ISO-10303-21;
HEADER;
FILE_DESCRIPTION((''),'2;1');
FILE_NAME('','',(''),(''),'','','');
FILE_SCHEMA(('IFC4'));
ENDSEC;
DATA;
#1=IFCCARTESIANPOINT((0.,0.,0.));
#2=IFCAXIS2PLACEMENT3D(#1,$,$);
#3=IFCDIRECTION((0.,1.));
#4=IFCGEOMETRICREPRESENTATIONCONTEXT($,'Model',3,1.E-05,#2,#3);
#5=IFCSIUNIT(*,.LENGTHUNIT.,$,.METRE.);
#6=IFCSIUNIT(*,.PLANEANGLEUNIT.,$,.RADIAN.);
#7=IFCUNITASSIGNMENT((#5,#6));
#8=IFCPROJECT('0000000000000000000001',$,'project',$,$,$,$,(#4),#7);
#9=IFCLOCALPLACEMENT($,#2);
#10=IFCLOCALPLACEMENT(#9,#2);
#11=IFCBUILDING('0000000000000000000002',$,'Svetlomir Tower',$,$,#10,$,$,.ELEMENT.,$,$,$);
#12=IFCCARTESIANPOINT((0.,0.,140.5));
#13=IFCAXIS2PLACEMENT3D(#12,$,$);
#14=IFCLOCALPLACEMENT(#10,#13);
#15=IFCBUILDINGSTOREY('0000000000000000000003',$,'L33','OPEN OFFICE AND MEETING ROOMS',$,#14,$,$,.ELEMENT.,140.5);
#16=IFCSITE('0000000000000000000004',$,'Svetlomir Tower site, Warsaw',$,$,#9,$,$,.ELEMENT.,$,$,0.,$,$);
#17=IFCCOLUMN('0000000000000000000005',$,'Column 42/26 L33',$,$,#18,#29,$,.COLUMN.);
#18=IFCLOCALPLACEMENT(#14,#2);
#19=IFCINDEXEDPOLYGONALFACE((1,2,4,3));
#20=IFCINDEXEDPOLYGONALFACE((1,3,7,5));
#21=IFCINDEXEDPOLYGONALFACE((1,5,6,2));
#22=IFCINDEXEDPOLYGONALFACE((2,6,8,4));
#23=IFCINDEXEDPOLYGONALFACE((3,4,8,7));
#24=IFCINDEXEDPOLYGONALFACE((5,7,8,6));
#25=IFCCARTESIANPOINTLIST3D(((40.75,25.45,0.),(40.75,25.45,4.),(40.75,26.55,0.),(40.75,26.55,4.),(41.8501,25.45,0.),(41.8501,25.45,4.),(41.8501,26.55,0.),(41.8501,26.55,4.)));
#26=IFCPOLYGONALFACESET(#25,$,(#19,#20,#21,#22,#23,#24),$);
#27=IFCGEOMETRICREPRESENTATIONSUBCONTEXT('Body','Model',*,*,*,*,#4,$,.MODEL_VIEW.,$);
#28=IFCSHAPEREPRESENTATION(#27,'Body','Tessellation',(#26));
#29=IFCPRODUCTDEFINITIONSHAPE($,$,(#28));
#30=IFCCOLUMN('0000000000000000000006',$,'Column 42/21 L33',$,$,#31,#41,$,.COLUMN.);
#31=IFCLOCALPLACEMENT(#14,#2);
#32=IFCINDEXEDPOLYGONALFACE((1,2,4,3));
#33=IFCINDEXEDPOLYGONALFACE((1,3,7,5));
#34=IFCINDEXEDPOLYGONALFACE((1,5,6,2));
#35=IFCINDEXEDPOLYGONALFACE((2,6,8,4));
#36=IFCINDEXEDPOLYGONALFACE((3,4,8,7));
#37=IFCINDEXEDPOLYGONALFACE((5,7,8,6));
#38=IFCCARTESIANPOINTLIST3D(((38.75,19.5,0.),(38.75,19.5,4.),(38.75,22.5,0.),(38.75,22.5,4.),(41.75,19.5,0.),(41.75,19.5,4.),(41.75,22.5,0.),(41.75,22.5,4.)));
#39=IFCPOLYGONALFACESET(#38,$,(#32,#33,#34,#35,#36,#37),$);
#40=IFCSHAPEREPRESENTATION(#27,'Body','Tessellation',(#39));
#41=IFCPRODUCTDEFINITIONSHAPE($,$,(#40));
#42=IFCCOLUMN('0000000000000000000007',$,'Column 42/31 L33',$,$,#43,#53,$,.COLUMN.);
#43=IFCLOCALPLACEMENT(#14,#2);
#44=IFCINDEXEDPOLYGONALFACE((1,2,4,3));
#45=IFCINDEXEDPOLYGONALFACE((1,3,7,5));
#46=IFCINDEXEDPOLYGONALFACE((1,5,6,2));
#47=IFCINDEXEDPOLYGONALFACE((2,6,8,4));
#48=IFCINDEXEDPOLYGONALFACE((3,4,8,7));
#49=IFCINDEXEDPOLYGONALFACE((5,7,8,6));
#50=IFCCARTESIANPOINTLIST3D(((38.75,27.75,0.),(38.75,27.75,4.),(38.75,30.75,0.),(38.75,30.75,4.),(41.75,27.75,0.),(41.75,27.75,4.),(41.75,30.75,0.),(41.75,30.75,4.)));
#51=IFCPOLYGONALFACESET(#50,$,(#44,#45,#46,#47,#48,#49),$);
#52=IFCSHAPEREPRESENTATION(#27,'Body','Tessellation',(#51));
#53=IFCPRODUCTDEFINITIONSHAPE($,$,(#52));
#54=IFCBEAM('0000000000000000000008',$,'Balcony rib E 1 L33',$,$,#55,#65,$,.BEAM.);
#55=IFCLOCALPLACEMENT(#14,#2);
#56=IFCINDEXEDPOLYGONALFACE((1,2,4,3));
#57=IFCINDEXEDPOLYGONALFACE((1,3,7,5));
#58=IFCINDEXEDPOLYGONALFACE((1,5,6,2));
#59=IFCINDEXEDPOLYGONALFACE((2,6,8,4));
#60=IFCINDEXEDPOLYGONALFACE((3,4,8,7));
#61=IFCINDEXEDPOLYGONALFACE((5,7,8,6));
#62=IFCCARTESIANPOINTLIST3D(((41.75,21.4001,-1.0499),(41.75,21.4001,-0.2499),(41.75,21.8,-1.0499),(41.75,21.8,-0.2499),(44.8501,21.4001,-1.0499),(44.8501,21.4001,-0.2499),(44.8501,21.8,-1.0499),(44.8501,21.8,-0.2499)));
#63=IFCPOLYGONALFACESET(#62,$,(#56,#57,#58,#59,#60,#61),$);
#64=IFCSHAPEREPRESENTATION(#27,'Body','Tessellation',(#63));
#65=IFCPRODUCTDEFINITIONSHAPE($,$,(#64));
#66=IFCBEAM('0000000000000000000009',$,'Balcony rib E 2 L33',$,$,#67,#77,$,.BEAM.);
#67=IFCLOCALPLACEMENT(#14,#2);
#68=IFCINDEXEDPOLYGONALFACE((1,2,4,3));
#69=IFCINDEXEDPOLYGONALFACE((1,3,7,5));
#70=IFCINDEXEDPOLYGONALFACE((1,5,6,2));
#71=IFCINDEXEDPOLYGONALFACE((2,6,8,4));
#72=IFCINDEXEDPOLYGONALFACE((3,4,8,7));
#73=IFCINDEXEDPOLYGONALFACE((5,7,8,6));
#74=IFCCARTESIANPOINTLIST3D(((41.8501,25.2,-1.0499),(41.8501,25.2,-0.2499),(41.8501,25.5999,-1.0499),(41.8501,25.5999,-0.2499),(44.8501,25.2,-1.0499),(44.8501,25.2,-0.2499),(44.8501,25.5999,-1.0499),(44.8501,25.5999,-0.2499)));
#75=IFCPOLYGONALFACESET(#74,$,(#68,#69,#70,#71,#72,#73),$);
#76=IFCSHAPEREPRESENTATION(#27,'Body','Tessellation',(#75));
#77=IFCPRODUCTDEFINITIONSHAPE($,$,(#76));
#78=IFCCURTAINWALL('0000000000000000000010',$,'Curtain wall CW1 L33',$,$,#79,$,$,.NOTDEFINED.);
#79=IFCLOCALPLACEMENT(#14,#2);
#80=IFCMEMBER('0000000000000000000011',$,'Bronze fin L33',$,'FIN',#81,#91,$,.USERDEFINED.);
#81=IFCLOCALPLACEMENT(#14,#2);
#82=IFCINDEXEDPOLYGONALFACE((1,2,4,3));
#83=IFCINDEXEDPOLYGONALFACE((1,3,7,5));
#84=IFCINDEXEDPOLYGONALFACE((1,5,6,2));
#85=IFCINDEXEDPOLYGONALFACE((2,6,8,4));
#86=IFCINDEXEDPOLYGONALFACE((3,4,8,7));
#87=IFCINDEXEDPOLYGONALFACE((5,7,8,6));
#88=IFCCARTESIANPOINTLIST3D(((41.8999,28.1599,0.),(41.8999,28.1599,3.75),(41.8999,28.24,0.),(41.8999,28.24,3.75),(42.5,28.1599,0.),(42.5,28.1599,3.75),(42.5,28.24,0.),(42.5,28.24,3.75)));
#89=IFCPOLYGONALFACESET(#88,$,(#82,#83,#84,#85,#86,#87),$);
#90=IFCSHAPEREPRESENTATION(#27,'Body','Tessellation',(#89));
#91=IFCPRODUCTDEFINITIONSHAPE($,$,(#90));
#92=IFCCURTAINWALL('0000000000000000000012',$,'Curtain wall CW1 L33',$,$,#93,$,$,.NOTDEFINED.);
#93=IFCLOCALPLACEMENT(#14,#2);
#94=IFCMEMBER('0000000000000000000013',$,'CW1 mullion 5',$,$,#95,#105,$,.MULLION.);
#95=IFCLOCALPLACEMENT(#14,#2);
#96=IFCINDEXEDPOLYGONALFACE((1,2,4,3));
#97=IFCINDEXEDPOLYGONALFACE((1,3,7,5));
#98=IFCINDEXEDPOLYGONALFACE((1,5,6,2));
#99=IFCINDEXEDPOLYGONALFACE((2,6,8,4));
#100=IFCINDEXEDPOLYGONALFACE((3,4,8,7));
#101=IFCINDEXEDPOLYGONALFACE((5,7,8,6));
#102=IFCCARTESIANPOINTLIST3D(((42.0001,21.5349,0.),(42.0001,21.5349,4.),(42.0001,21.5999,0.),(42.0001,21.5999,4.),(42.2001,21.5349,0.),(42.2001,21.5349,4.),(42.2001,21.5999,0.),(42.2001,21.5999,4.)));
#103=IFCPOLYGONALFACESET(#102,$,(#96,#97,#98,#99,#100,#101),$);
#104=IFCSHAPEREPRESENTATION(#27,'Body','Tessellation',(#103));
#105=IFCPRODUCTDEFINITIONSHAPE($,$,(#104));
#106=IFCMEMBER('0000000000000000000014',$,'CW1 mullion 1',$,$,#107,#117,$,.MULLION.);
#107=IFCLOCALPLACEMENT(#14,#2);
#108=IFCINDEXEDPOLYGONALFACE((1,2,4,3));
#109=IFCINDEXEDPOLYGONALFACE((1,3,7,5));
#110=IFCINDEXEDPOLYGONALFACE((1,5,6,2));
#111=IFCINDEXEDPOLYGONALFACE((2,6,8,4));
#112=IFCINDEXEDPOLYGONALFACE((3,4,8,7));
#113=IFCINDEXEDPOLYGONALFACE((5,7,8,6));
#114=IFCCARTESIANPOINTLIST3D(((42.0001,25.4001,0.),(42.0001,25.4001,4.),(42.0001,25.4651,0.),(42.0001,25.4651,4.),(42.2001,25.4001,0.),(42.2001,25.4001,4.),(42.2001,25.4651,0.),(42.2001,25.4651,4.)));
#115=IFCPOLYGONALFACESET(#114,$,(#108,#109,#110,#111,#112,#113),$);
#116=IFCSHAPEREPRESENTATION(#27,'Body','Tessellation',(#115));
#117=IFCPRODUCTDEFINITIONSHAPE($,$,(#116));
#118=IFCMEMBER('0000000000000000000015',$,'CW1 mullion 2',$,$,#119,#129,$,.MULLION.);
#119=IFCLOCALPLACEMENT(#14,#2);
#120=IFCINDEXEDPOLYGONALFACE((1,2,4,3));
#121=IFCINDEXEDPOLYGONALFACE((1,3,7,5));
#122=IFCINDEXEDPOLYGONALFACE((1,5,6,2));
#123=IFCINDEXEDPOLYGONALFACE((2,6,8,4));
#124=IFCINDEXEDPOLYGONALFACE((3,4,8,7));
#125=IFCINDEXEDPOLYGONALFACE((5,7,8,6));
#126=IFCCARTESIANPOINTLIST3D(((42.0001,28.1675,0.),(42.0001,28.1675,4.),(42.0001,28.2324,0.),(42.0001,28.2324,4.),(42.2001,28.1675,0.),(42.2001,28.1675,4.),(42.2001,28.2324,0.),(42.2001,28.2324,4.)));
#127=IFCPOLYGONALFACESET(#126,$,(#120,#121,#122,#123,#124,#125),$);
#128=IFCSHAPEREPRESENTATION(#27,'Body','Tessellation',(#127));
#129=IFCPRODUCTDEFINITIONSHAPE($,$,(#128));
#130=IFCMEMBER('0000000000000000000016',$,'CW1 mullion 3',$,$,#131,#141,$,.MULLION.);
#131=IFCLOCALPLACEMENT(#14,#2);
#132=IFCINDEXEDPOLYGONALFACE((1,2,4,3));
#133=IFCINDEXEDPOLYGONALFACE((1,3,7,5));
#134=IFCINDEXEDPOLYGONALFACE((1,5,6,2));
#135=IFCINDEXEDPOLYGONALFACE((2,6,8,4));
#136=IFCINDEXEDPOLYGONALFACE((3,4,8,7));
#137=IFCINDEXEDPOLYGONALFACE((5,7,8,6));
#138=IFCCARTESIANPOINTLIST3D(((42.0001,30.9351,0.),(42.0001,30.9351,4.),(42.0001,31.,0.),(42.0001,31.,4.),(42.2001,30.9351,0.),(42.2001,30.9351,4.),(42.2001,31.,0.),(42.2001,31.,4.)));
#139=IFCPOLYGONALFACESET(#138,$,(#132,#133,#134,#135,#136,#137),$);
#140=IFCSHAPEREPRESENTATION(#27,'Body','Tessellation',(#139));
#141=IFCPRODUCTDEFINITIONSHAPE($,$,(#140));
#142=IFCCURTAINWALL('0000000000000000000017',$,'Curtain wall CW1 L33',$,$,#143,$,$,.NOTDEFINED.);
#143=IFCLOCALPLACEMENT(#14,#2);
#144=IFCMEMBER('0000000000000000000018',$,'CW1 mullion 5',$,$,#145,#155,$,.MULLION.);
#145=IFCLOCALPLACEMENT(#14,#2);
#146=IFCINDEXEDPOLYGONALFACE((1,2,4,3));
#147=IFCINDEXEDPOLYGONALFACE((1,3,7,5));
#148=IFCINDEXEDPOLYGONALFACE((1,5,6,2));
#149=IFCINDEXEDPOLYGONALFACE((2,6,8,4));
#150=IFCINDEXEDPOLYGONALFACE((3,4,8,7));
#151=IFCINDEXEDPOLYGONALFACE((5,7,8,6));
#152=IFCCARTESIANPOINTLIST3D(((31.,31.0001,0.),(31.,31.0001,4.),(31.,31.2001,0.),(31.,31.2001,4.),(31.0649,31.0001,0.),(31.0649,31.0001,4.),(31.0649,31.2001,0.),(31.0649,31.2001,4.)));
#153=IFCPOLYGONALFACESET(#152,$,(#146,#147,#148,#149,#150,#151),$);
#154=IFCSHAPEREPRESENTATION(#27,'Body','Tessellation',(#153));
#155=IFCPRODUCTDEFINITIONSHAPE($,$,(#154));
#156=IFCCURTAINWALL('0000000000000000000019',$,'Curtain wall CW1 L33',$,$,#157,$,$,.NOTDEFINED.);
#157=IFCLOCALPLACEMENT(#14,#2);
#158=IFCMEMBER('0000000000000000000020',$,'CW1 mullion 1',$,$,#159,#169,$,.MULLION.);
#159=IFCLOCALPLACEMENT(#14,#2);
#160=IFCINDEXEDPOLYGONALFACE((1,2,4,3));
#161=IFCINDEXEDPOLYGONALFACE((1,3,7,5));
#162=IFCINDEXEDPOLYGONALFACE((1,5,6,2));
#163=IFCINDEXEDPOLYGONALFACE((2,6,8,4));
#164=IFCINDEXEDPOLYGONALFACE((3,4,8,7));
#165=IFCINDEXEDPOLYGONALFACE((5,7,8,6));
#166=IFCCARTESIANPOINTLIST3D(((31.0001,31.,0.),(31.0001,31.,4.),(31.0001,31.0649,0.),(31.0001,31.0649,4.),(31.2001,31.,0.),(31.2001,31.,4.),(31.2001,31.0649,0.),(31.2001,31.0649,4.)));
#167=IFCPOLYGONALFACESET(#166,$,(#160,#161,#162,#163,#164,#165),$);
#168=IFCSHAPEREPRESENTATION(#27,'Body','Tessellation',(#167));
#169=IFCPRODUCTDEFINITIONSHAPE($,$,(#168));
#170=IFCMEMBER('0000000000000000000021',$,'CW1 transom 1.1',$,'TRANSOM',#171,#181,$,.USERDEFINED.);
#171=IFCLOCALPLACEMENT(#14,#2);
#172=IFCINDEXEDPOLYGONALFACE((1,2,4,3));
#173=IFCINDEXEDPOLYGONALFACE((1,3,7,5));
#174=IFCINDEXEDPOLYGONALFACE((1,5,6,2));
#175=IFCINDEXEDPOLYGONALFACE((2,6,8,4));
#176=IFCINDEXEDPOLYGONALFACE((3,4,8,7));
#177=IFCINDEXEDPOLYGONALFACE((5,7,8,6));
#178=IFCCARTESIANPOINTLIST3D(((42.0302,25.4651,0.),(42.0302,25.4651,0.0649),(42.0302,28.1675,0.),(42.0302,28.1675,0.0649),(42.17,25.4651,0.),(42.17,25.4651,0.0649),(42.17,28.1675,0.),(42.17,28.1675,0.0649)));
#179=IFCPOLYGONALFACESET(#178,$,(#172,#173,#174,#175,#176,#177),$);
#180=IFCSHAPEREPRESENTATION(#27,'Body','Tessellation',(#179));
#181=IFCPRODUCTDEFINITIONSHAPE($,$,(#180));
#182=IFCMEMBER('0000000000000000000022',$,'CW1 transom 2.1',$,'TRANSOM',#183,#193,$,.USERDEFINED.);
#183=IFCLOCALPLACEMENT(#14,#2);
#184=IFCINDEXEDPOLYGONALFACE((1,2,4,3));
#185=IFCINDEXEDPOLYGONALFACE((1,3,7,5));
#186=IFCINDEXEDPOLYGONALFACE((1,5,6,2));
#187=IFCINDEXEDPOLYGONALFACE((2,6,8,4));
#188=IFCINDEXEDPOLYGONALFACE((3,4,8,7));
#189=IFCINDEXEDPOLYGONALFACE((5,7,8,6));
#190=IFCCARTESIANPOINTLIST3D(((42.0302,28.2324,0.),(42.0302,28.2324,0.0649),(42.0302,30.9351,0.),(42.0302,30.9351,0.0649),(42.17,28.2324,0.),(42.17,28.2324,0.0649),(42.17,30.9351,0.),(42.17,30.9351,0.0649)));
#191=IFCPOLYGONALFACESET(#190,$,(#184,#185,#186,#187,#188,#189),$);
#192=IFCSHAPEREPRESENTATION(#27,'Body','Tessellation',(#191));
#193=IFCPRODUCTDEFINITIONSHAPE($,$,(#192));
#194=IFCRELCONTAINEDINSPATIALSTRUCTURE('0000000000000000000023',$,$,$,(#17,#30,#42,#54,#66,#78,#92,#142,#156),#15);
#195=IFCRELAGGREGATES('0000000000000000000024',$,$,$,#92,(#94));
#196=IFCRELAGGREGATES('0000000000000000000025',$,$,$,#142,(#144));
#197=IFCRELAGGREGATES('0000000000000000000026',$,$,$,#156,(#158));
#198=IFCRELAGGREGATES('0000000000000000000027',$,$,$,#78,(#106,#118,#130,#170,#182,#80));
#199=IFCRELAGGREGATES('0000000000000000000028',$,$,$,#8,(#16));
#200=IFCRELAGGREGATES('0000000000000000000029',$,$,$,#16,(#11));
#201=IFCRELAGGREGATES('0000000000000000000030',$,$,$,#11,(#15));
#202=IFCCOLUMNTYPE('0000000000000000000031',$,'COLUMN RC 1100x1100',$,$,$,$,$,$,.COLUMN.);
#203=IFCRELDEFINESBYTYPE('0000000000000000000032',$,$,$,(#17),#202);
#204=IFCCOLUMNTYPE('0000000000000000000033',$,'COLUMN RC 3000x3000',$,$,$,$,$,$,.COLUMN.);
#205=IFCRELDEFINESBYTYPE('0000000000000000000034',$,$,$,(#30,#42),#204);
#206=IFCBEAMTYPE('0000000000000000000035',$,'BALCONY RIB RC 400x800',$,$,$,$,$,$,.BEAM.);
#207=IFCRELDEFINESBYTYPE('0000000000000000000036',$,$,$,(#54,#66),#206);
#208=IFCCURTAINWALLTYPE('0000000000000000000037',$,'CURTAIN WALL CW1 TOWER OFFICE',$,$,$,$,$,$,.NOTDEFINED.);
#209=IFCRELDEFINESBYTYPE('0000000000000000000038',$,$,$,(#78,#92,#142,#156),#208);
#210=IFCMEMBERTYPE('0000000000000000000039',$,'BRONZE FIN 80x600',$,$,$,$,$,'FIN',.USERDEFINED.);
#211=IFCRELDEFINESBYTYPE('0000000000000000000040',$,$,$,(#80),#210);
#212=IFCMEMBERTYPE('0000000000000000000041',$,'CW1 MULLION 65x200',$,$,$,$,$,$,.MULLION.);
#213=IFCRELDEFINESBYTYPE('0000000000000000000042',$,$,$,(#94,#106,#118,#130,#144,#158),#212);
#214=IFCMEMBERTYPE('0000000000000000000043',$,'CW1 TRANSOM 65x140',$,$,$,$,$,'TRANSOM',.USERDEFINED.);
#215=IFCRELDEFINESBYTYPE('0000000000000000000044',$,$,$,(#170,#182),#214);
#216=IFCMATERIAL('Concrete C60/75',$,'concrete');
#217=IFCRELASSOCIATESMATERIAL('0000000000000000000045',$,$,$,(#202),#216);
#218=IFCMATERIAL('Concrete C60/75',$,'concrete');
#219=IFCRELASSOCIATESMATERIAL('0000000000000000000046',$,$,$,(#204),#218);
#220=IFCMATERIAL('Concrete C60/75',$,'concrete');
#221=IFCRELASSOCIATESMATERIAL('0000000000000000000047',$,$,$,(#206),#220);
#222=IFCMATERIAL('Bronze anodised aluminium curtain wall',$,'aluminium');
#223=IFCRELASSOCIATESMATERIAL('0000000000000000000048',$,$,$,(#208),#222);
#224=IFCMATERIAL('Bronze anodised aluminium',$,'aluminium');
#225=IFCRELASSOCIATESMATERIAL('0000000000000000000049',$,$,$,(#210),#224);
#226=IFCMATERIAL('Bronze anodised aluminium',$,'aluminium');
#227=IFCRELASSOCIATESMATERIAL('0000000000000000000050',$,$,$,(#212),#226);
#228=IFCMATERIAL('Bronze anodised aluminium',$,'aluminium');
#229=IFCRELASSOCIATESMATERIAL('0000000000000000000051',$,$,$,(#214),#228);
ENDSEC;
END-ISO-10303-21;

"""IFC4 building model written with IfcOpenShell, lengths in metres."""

from ifc_helpers import new_model, si_unit, direction, frame, origin, origin_2d, place, context, subcontext, project, spatial, rectangle, extrude, material, material_profile, profile_set, type_object, element, aggregate, save


model = new_model("IFC4")

# Units and contexts
model_context = context("Model", 3, precision=1e-05, world=origin(), true_north=direction((0.0, 1.0)))
body_context = subcontext(model_context, "Body", "Model", "MODEL_VIEW")
ifc_project = project(units=[si_unit("LENGTHUNIT", "METRE"), si_unit("PLANEANGLEUNIT", "RADIAN")], contexts=[model_context])

# Site, building, storey
site_placement = place(None, origin())
site = spatial("IfcSite", under=ifc_project, at=site_placement, Name="Svetlomir Tower site, Warsaw", CompositionType="ELEMENT", RefElevation=0.0)
building_placement = place(site_placement, origin())
building = spatial("IfcBuilding", under=site, at=building_placement, Name="Svetlomir Tower", CompositionType="ELEMENT")
storey_placement = place(building_placement, frame((0.0, 0.0, 140.5)))
storey = spatial("IfcBuildingStorey", under=building, at=storey_placement, Name="L33", Description="OPEN OFFICE AND MEETING ROOMS", CompositionType="ELEMENT", Elevation=140.5)

# Columns
ifc_material_1 = material(Name="Concrete C60/75", Category="concrete")
ifc_material_profile_1 = material_profile(ifc_material_1, rectangle(XDim=1.1001, YDim=1.1001, at=origin_2d()), Name="RC 1100x1100")
ifc_profile_set_1 = profile_set([ifc_material_profile_1], Name="Concrete C60/75")
column_type_1 = type_object("IfcColumnType", Name="COLUMN RC 1100x1100", PredefinedType="COLUMN", material=ifc_profile_set_1)
column_placement = place(storey_placement, frame((41.3, 26.0, 0.0), z_axis=(0.0, 0.0, 1.0), x_axis=(1.0, 0.0, 0.0)))
element("IfcColumn", 1, at=column_placement, inside=storey, type_object=column_type_1, Name="Column 42/26 L33", PredefinedType="COLUMN", context=body_context, shape_type="SweptSolid", body=[
    extrude(rectangle(XDim=1.1001, YDim=1.1001, at=origin_2d()), origin(), (0.0, 0.0, 1.0), 4.0),
])
ifc_material_2 = material(Name="Concrete C60/75", Category="concrete")
ifc_material_profile_2 = material_profile(ifc_material_2, rectangle(XDim=3.0, YDim=3.0, at=origin_2d()), Name="RC 3000x3000")
ifc_profile_set_2 = profile_set([ifc_material_profile_2], Name="Concrete C60/75")
column_type_2 = type_object("IfcColumnType", Name="COLUMN RC 3000x3000", PredefinedType="COLUMN", material=ifc_profile_set_2)
for number, where, z_axis, x_axis, name in (
    (2, (40.25, 21.0, 0.0), (0.0, 0.0, 1.0), (1.0, 0.0, 0.0), "Column 42/21 L33"),
    (3, (40.25, 29.25, 0.0), (0.0, 0.0, 1.0), (1.0, 0.0, 0.0), "Column 42/31 L33"),
):
    element("IfcColumn", number, at=place(storey_placement, frame(where, z_axis=z_axis, x_axis=x_axis)), inside=storey, type_object=column_type_2, Name=name, PredefinedType="COLUMN", context=body_context, shape_type="SweptSolid", body=[
        extrude(rectangle(XDim=3.0, YDim=3.0, at=origin_2d()), origin(), (0.0, 0.0, 1.0), 4.0),
    ])

# Beams
ifc_material_3 = material(Name="Concrete C60/75", Category="concrete")
ifc_material_profile_3 = material_profile(ifc_material_3, rectangle(XDim=0.3999, YDim=0.8, at=origin_2d()), Name="RC 400x800")
ifc_profile_set_3 = profile_set([ifc_material_profile_3], Name="Concrete C60/75")
beam_type_1 = type_object("IfcBeamType", Name="BALCONY RIB RC 400x800", PredefinedType="BEAM", material=ifc_profile_set_3)
beam_1_placement = place(storey_placement, frame((41.75, 21.6001, -0.6499), z_axis=(1.0, 0.0, 0.0), x_axis=(0.0, 1.0, 0.0)))
element("IfcBeam", 4, at=beam_1_placement, inside=storey, type_object=beam_type_1, Name="Balcony rib E 1 L33", PredefinedType="BEAM", context=body_context, shape_type="SweptSolid", body=[
    extrude(rectangle(XDim=0.3999, YDim=0.8, at=origin_2d()), origin(), (0.0, 0.0, 1.0), 3.1001),
])
beam_2_placement = place(storey_placement, frame((41.8501, 25.3999, -0.6499), z_axis=(1.0, 0.0, 0.0), x_axis=(0.0, 1.0, 0.0)))
element("IfcBeam", 5, at=beam_2_placement, inside=storey, type_object=beam_type_1, Name="Balcony rib E 2 L33", PredefinedType="BEAM", context=body_context, shape_type="SweptSolid", body=[
    extrude(rectangle(XDim=0.3999, YDim=0.8, at=origin_2d()), origin(), (0.0, 0.0, 1.0), 3.0),
])

# Curtain walls, members
ifc_material_4 = material(Name="Bronze anodised aluminium curtain wall", Category="aluminium")
curtain_wall_type = type_object("IfcCurtainWallType", Name="CURTAIN WALL CW1 TOWER OFFICE", PredefinedType="NOTDEFINED", material=ifc_material_4)
curtain_wall_1_placement = place(storey_placement, origin())
curtain_wall_1 = element("IfcCurtainWall", 6, at=curtain_wall_1_placement, inside=storey, type_object=curtain_wall_type, Name="Curtain wall CW1 L33", PredefinedType="NOTDEFINED")
ifc_material_5 = material(Name="Bronze anodised aluminium", Category="aluminium")
ifc_material_profile_4 = material_profile(ifc_material_5, rectangle(XDim=0.0801, YDim=0.6001, at=origin_2d()), Name="FIN 80x600")
ifc_profile_set_4 = profile_set([ifc_material_profile_4], Name="Bronze anodised aluminium 6063-T6")
member_type_1 = type_object("IfcMemberType", Name="BRONZE FIN 80x600", ElementType="FIN", PredefinedType="USERDEFINED", material=ifc_profile_set_4)
member_1_placement = place(storey_placement, frame((42.2, 28.2, 0.0), z_axis=(0.0, 0.0, 1.0), x_axis=(0.0, 1.0, 0.0)))
member_1 = element("IfcMember", 7, at=member_1_placement, type_object=member_type_1, Name="Bronze fin L33", ObjectType="FIN", PredefinedType="USERDEFINED", context=body_context, shape_type="SweptSolid", body=[
    extrude(rectangle(XDim=0.0801, YDim=0.6001, at=origin_2d()), origin(), (0.0, 0.0, 1.0), 3.75),
])
curtain_wall_2_placement = place(storey_placement, origin())
curtain_wall_2 = element("IfcCurtainWall", 8, at=curtain_wall_2_placement, inside=storey, type_object=curtain_wall_type, Name="Curtain wall CW1 L33", PredefinedType="NOTDEFINED")
ifc_material_6 = material(Name="Bronze anodised aluminium", Category="aluminium")
ifc_material_profile_5 = material_profile(ifc_material_6, rectangle(XDim=0.0649, YDim=0.2, at=origin_2d()), Name="AL 65x200")
ifc_profile_set_5 = profile_set([ifc_material_profile_5], Name="Bronze anodised aluminium 6063-T6")
member_type_2 = type_object("IfcMemberType", Name="CW1 MULLION 65x200", PredefinedType="MULLION", material=ifc_profile_set_5)
member_2_placement = place(storey_placement, frame((42.1001, 21.5674, 0.0), z_axis=(0.0, 0.0, 1.0), x_axis=(0.0, 1.0, 0.0)))
member_2 = element("IfcMember", 9, at=member_2_placement, type_object=member_type_2, Name="CW1 mullion 5", PredefinedType="MULLION", context=body_context, shape_type="SweptSolid", body=[
    extrude(rectangle(XDim=0.0649, YDim=0.2, at=origin_2d()), origin(), (0.0, 0.0, 1.0), 4.0),
])
aggregate(curtain_wall_2, [member_2])

# Members
member_3_placement = place(storey_placement, frame((42.1001, 25.4326, 0.0), z_axis=(0.0, 0.0, 1.0), x_axis=(0.0, 1.0, 0.0)))
member_3 = element("IfcMember", 10, at=member_3_placement, type_object=member_type_2, Name="CW1 mullion 1", PredefinedType="MULLION", context=body_context, shape_type="SweptSolid", body=[
    extrude(rectangle(XDim=0.0649, YDim=0.2, at=origin_2d()), origin(), (0.0, 0.0, 1.0), 4.0),
])
member_4_placement = place(storey_placement, frame((42.1001, 28.2, 0.0), z_axis=(0.0, 0.0, 1.0), x_axis=(0.0, 1.0, 0.0)))
member_4 = element("IfcMember", 11, at=member_4_placement, type_object=member_type_2, Name="CW1 mullion 2", PredefinedType="MULLION", context=body_context, shape_type="SweptSolid", body=[
    extrude(rectangle(XDim=0.0649, YDim=0.2, at=origin_2d()), origin(), (0.0, 0.0, 1.0), 4.0),
])
member_5_placement = place(storey_placement, frame((42.1001, 30.9675, 0.0), z_axis=(0.0, 0.0, 1.0), x_axis=(0.0, 1.0, 0.0)))
member_5 = element("IfcMember", 12, at=member_5_placement, type_object=member_type_2, Name="CW1 mullion 3", PredefinedType="MULLION", context=body_context, shape_type="SweptSolid", body=[
    extrude(rectangle(XDim=0.0649, YDim=0.2, at=origin_2d()), origin(), (0.0, 0.0, 1.0), 4.0),
])

# Curtain walls, members
curtain_wall_3_placement = place(storey_placement, origin())
curtain_wall_3 = element("IfcCurtainWall", 13, at=curtain_wall_3_placement, inside=storey, type_object=curtain_wall_type, Name="Curtain wall CW1 L33", PredefinedType="NOTDEFINED")
member_6_placement = place(storey_placement, frame((31.0325, 31.1001, 0.0), z_axis=(0.0, 0.0, 1.0), x_axis=(-1.0, 0.0, 0.0)))
member_6 = element("IfcMember", 14, at=member_6_placement, type_object=member_type_2, Name="CW1 mullion 5", PredefinedType="MULLION", context=body_context, shape_type="SweptSolid", body=[
    extrude(rectangle(XDim=0.0649, YDim=0.2, at=origin_2d()), origin(), (0.0, 0.0, 1.0), 4.0),
])
aggregate(curtain_wall_3, [member_6])
curtain_wall_4_placement = place(storey_placement, origin())
curtain_wall_4 = element("IfcCurtainWall", 15, at=curtain_wall_4_placement, inside=storey, type_object=curtain_wall_type, Name="Curtain wall CW1 L33", PredefinedType="NOTDEFINED")
member_7_placement = place(storey_placement, frame((31.1001, 31.0325, 0.0), z_axis=(0.0, 0.0, 1.0), x_axis=(0.0, 1.0, 0.0)))
member_7 = element("IfcMember", 16, at=member_7_placement, type_object=member_type_2, Name="CW1 mullion 1", PredefinedType="MULLION", context=body_context, shape_type="SweptSolid", body=[
    extrude(rectangle(XDim=0.0649, YDim=0.2, at=origin_2d()), origin(), (0.0, 0.0, 1.0), 4.0),
])

# Members
ifc_material_7 = material(Name="Bronze anodised aluminium", Category="aluminium")
ifc_material_profile_6 = material_profile(ifc_material_7, rectangle(XDim=0.1399, YDim=0.0649, at=origin_2d()), Name="AL 140x65")
ifc_profile_set_6 = profile_set([ifc_material_profile_6], Name="Bronze anodised aluminium 6063-T6")
member_type_3 = type_object("IfcMemberType", Name="CW1 TRANSOM 65x140", ElementType="TRANSOM", PredefinedType="USERDEFINED", material=ifc_profile_set_6)
member_8_placement = place(storey_placement, frame((42.1001, 25.4651, 0.0325), z_axis=(0.0, 1.0, 0.0), x_axis=(-1.0, 0.0, 0.0)))
member_8 = element("IfcMember", 17, at=member_8_placement, type_object=member_type_3, Name="CW1 transom 1.1", ObjectType="TRANSOM", PredefinedType="USERDEFINED", context=body_context, shape_type="SweptSolid", body=[
    extrude(rectangle(XDim=0.1399, YDim=0.0649, at=origin_2d()), origin(), (0.0, 0.0, 1.0), 2.7024),
])
member_9_placement = place(storey_placement, frame((42.1001, 28.2324, 0.0325), z_axis=(0.0, 1.0, 0.0), x_axis=(-1.0, 0.0, 0.0)))
member_9 = element("IfcMember", 18, at=member_9_placement, type_object=member_type_3, Name="CW1 transom 2.1", ObjectType="TRANSOM", PredefinedType="USERDEFINED", context=body_context, shape_type="SweptSolid", body=[
    extrude(rectangle(XDim=0.1399, YDim=0.0649, at=origin_2d()), origin(), (0.0, 0.0, 1.0), 2.7026),
])
aggregate(curtain_wall_4, [member_7])

aggregate(curtain_wall_1, [member_3, member_4, member_5, member_8, member_9, member_1])

save(model, "model.ifc")
